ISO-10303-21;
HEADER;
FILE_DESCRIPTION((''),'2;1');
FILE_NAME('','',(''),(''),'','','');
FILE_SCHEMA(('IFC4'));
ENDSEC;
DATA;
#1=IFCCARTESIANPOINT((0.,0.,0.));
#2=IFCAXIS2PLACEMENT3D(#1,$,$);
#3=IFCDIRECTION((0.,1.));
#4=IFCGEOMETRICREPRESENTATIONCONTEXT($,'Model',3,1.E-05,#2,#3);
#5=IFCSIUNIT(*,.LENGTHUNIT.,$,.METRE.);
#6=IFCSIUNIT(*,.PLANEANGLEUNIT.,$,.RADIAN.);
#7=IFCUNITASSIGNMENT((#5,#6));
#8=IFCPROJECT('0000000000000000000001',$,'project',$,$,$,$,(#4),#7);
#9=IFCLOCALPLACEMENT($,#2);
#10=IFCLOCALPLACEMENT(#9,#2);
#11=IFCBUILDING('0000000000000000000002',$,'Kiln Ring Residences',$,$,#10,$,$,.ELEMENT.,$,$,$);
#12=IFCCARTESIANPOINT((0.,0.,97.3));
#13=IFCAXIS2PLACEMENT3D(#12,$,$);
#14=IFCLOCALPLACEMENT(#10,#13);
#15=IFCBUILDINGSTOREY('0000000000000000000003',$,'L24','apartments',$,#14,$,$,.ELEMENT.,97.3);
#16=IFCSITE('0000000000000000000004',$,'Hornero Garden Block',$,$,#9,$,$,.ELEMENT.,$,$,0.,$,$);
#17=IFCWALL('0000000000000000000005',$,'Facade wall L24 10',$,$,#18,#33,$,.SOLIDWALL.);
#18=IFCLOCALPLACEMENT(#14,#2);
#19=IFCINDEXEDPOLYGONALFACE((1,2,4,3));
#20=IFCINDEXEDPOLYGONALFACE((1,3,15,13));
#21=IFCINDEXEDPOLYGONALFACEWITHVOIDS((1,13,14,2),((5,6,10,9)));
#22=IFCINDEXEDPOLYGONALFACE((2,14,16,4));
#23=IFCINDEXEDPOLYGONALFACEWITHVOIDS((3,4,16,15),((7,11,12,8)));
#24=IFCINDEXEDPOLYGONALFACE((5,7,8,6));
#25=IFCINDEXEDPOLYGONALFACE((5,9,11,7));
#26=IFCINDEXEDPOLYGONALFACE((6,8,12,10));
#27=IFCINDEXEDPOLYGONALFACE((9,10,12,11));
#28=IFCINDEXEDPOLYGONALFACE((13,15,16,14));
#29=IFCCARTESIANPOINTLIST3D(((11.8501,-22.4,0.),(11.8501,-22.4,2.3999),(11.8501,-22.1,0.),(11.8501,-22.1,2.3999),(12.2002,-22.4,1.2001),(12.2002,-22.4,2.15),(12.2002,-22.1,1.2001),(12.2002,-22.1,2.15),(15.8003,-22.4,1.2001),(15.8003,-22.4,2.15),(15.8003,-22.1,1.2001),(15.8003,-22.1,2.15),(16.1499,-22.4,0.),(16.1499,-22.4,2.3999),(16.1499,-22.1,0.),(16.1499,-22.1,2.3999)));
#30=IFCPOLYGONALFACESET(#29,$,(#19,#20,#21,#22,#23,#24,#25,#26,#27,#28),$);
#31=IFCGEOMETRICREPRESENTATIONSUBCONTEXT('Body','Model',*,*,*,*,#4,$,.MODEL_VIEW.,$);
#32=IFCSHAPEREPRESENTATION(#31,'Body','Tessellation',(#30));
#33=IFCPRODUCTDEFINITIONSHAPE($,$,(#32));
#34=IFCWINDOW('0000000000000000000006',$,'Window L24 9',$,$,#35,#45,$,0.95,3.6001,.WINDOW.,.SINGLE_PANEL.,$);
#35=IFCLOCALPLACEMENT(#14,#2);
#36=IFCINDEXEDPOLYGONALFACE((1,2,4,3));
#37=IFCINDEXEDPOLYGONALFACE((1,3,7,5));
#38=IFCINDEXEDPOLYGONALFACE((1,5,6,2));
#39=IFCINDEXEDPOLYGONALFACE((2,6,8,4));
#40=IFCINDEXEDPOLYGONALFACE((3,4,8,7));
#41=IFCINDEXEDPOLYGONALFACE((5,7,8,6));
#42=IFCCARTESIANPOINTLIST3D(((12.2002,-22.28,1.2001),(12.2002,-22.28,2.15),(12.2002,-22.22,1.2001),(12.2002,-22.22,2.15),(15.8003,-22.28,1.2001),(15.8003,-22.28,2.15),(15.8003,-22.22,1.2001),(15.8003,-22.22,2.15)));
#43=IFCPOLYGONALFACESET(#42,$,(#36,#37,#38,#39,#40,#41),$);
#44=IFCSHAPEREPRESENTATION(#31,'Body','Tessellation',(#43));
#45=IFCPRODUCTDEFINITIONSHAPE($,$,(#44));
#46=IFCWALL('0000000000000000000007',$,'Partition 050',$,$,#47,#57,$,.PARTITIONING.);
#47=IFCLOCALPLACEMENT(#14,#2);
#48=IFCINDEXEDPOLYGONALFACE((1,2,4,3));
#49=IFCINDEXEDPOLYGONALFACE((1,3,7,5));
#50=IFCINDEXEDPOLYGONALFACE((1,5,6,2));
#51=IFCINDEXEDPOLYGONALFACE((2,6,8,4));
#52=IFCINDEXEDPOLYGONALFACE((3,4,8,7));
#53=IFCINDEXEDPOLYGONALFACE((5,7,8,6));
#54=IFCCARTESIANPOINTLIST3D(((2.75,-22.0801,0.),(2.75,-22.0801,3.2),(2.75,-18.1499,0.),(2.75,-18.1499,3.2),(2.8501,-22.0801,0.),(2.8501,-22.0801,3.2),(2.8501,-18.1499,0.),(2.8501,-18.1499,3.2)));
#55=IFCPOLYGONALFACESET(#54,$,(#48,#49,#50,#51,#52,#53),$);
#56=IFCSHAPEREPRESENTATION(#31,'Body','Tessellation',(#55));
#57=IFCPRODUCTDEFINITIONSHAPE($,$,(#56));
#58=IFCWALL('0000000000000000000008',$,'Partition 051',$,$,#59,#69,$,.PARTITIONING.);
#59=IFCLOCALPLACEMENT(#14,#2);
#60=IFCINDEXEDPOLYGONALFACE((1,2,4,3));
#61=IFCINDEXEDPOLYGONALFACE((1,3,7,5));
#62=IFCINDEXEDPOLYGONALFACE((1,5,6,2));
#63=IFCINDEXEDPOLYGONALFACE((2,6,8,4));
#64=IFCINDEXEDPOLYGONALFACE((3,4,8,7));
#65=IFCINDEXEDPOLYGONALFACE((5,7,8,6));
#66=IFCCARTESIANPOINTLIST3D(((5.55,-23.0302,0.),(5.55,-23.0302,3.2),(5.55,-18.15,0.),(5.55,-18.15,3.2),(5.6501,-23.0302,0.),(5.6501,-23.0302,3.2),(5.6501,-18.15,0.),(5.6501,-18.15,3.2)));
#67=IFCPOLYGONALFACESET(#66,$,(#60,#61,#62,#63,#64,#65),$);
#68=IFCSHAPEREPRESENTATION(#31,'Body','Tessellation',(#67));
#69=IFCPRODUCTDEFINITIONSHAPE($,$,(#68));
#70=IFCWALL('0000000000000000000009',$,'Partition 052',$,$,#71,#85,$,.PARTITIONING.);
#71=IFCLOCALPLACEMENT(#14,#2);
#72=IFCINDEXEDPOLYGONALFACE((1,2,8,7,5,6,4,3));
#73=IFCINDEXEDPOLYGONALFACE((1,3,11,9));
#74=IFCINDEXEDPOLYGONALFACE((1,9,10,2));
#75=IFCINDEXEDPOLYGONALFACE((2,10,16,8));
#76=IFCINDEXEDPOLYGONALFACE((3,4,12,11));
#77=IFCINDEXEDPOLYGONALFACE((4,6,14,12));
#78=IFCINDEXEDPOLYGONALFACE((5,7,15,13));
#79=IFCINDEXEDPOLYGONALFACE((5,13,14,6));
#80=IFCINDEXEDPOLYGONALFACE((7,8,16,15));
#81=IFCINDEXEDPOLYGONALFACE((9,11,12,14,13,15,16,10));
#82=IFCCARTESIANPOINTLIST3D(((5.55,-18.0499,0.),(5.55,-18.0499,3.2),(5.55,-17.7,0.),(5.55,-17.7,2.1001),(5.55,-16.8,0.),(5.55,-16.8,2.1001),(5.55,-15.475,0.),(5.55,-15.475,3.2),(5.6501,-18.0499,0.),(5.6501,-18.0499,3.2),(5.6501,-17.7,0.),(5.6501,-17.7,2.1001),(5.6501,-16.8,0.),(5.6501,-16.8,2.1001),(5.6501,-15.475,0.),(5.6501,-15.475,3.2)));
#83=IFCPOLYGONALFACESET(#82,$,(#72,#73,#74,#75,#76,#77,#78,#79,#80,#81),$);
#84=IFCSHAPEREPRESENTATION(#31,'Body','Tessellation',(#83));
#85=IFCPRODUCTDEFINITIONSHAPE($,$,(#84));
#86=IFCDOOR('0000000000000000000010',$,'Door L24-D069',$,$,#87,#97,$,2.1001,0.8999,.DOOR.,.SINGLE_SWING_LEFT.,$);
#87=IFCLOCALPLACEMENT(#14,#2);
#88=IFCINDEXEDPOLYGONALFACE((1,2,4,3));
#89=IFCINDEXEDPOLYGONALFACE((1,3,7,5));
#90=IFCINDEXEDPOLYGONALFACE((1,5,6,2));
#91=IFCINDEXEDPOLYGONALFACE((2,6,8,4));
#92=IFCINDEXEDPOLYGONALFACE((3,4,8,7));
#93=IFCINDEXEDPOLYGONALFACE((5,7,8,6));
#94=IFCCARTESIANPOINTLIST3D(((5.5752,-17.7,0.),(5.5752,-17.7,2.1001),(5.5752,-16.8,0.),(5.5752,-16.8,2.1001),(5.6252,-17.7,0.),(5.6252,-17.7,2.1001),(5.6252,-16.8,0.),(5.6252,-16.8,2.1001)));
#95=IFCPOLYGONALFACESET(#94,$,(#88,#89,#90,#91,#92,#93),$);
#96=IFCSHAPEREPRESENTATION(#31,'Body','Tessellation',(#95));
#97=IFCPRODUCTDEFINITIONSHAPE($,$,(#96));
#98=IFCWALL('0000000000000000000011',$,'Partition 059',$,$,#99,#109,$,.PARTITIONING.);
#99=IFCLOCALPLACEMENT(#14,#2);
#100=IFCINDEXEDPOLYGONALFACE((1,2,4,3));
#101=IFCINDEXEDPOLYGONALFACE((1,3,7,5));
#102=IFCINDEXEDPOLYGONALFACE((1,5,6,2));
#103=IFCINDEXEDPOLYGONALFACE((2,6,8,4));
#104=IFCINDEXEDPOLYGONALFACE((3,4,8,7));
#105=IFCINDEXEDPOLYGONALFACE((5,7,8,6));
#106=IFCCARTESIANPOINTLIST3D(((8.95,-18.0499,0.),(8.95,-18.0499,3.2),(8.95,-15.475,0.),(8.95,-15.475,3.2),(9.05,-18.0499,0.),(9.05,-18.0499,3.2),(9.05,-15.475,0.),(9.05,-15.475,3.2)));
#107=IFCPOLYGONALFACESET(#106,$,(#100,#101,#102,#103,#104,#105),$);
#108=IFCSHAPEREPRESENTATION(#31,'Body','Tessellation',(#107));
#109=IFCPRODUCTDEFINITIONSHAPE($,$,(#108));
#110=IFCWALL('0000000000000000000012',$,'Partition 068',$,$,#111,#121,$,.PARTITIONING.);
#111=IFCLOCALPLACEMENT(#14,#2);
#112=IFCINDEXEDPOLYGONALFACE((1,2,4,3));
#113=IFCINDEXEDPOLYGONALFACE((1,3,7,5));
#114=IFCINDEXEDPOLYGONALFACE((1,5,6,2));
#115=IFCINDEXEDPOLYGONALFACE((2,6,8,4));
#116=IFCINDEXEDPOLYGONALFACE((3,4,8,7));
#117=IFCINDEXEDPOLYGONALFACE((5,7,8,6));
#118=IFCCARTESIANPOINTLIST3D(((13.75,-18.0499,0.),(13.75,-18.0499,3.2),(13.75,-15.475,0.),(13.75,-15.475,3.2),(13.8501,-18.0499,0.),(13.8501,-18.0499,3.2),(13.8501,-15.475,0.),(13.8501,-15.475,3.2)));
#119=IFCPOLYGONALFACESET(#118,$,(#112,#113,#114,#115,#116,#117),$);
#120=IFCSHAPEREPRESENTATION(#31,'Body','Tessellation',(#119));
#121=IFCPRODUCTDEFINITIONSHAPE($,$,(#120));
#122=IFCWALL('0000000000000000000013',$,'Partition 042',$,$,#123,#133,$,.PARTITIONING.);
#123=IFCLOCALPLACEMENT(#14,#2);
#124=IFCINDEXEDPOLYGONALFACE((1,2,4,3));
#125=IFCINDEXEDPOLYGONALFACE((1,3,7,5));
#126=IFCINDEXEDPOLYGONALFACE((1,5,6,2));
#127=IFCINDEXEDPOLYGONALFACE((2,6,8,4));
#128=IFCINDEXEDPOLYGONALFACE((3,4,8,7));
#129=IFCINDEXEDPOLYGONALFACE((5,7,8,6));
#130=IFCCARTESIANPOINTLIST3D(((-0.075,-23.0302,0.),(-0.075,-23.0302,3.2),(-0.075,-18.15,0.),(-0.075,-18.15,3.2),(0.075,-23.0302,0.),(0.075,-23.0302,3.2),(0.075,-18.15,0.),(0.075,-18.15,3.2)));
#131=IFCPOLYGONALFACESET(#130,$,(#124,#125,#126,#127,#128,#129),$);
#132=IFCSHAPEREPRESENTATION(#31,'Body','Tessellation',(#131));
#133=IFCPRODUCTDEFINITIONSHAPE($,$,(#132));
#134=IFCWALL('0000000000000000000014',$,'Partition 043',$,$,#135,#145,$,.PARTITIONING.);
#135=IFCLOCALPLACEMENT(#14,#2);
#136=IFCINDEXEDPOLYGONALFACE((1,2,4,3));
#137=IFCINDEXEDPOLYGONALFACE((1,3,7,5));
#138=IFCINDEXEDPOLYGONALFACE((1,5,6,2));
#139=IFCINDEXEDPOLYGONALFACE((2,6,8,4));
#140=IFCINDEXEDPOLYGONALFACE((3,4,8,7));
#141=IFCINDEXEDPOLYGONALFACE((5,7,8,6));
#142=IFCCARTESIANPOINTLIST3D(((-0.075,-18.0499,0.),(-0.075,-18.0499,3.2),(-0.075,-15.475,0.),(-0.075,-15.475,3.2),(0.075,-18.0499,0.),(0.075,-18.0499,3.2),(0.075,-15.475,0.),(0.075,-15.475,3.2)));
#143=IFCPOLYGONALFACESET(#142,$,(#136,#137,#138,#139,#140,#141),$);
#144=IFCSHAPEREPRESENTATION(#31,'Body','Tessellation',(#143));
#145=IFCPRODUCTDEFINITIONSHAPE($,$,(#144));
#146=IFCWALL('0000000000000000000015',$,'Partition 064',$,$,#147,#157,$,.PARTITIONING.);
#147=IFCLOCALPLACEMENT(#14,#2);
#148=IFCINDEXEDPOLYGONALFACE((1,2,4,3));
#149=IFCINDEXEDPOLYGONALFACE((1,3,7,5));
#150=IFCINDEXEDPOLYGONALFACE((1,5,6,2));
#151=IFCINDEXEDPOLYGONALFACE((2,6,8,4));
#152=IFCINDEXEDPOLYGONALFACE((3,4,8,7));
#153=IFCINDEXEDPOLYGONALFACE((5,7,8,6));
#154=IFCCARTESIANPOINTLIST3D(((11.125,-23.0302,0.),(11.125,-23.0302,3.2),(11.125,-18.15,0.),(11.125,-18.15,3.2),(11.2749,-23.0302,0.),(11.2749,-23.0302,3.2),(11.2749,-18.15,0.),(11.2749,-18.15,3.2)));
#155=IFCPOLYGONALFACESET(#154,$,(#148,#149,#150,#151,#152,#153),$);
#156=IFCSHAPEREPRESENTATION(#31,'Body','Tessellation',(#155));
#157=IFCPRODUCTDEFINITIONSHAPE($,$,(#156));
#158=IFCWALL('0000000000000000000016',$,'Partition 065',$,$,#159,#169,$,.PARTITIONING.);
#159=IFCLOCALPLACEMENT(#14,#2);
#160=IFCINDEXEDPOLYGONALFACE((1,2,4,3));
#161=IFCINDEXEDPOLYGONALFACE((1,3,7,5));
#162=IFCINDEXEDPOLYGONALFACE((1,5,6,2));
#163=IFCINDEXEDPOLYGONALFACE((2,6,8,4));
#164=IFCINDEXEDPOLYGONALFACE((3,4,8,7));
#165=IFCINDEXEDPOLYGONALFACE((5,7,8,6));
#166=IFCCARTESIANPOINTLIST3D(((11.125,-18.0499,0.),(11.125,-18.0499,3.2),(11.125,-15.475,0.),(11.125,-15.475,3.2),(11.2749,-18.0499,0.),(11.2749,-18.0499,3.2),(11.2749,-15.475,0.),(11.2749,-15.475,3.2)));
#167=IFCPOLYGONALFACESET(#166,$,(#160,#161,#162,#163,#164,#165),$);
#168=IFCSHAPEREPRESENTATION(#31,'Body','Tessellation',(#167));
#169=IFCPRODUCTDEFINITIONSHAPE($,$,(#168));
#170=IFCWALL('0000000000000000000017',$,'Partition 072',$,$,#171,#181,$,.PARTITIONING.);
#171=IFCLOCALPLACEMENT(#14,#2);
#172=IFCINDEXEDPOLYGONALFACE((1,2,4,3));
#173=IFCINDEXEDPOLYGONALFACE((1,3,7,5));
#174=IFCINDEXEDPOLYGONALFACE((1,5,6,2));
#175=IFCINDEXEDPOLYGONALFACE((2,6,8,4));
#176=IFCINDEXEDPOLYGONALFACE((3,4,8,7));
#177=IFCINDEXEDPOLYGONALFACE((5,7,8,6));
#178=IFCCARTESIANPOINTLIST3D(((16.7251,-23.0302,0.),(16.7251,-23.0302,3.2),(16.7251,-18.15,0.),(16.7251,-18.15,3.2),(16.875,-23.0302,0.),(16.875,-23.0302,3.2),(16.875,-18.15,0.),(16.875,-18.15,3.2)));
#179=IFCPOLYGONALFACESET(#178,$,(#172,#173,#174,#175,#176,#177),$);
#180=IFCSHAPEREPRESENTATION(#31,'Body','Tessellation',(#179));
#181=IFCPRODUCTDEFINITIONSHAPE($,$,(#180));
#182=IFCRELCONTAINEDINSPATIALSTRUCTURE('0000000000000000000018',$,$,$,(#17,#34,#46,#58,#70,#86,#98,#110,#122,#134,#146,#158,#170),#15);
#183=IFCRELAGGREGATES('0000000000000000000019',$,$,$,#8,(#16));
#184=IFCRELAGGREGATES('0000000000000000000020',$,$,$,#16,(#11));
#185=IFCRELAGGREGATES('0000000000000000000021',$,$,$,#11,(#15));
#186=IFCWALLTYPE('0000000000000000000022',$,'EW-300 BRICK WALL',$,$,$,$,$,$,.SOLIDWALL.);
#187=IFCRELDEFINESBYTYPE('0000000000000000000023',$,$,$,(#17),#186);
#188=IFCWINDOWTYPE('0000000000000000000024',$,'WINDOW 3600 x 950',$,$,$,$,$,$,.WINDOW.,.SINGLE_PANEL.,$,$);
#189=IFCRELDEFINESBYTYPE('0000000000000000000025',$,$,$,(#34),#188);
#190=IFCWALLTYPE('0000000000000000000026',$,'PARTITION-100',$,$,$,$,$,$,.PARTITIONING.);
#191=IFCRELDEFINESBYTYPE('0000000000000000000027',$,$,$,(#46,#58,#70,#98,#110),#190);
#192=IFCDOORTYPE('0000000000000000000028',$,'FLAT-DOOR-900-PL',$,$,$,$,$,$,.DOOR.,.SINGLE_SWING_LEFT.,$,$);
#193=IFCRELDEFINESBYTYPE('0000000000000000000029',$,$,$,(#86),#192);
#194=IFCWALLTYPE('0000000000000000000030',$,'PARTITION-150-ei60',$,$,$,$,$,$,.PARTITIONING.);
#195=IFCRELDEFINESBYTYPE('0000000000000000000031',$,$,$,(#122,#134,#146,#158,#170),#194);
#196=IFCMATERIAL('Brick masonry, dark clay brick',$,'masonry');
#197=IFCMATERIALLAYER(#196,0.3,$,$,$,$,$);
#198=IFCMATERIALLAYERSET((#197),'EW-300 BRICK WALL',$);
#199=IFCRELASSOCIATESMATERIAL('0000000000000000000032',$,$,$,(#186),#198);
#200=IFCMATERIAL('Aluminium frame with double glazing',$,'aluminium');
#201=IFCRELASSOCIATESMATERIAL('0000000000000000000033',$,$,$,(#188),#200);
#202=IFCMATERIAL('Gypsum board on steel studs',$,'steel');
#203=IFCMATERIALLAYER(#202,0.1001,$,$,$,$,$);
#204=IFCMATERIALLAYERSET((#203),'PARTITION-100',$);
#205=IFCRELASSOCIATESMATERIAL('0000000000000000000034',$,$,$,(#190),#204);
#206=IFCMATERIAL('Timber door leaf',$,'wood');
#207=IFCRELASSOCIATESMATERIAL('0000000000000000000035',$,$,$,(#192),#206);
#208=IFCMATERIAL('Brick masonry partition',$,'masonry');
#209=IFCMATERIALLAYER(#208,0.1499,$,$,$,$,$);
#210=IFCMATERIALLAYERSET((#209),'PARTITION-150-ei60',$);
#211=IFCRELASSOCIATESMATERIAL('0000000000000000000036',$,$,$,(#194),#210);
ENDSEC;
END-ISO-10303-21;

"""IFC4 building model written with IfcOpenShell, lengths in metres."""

from ifc_helpers import new_model, si_unit, direction, frame, frame_2d, origin, place, context, subcontext, project, spatial, rectangle, extrude, material, layer, layer_set, type_object, element, fill, save


model = new_model("IFC4")

# Units and contexts
model_context = context("Model", 3, precision=1e-05, world=origin(), true_north=direction((0.0, 1.0)))
body_context = subcontext(model_context, "Body", "Model", "MODEL_VIEW")
ifc_project = project(units=[si_unit("LENGTHUNIT", "METRE"), si_unit("PLANEANGLEUNIT", "RADIAN")], contexts=[model_context])

# Site, building, storey
site_placement = place(None, origin())
site = spatial("IfcSite", under=ifc_project, at=site_placement, Name="Hornero Garden Block", CompositionType="ELEMENT", RefElevation=0.0)
building_placement = place(site_placement, origin())
building = spatial("IfcBuilding", under=site, at=building_placement, Name="Kiln Ring Residences", CompositionType="ELEMENT")
storey_placement = place(building_placement, frame((0.0, 0.0, 97.3)))
storey = spatial("IfcBuildingStorey", under=building, at=storey_placement, Name="L24", Description="apartments", CompositionType="ELEMENT", Elevation=97.3)

# Shared definitions
ifc_material_1 = material(Name="Brick masonry, dark clay brick", Category="masonry")
ifc_layer_1 = layer(ifc_material_1, 0.3)
ifc_layer_set_1 = layer_set([ifc_layer_1], Name="EW-300 BRICK WALL")
wall_type_1 = type_object("IfcWallType", Name="EW-300 BRICK WALL", PredefinedType="SOLIDWALL", material=ifc_layer_set_1)

# Wall, opening, window
ifc_material_2 = material(Name="Aluminium frame with double glazing", Category="aluminium")
window_type_1 = type_object("IfcWindowType", Name="WINDOW 3600 x 950", PartitioningType="SINGLE_PANEL", PredefinedType="WINDOW", material=ifc_material_2)
wall_1_placement = place(storey_placement, frame((11.8501, -22.25, 0.0), z_axis=(0.0, 0.0, 1.0), x_axis=(1.0, 0.0, 0.0)))
wall_1 = element("IfcWall", 1, at=wall_1_placement, inside=storey, type_object=wall_type_1, Name="Facade wall L24 10", PredefinedType="SOLIDWALL", context=body_context, shape_type="SweptSolid", body=[
    extrude(rectangle(XDim=4.2998, YDim=0.3, at=frame_2d((2.1499, 0.0))), origin(), (0.0, 0.0, 1.0), 2.3999),
])
opening_1_placement = place(wall_1_placement, frame((0.3501, 0.0, 1.2)))
opening_1 = element("IfcOpeningElement", 2, at=opening_1_placement, cuts=wall_1, PredefinedType="OPENING", context=body_context, shape_type="SweptSolid", body=[
    extrude(rectangle(XDim=3.6001, YDim=0.95, at=frame_2d((1.8, 0.4751))), frame((0.0, 0.1599, 0.0), z_axis=(0.0, -1.0, 0.0), x_axis=(1.0, 0.0, 0.0)), (0.0, 0.0, 1.0), 0.3201),
])
window_1_placement = place(opening_1_placement, origin())
window_1 = element("IfcWindow", 3, at=window_1_placement, inside=storey, type_object=window_type_1, Name="Window L24 9", OverallHeight=0.95, OverallWidth=3.6001, PartitioningType="SINGLE_PANEL", PredefinedType="WINDOW", context=body_context, shape_type="SweptSolid", body=[
    extrude(rectangle(XDim=3.6001, YDim=0.95, at=frame_2d((1.8, 0.4751))), frame((0.0, 0.03, 0.0), z_axis=(0.0, -1.0, 0.0), x_axis=(1.0, 0.0, 0.0)), (0.0, 0.0, 1.0), 0.0601),
])
fill(opening_1, window_1)

# Walls
ifc_material_3 = material(Name="Gypsum board on steel studs", Category="steel")
ifc_layer_2 = layer(ifc_material_3, 0.1001)
ifc_layer_set_2 = layer_set([ifc_layer_2], Name="PARTITION-100")
wall_type_2 = type_object("IfcWallType", Name="PARTITION-100", PredefinedType="PARTITIONING", material=ifc_layer_set_2)
wall_2_placement = place(storey_placement, frame((2.8, -22.0801, 0.0), z_axis=(0.0, 0.0, 1.0), x_axis=(0.0, 1.0, 0.0)))
element("IfcWall", 4, at=wall_2_placement, inside=storey, type_object=wall_type_2, Name="Partition 050", PredefinedType="PARTITIONING", context=body_context, shape_type="SweptSolid", body=[
    extrude(rectangle(XDim=3.9302, YDim=0.1001, at=frame_2d((1.9651, 0.0))), origin(), (0.0, 0.0, 1.0), 3.2),
])
wall_3_placement = place(storey_placement, frame((5.6001, -23.03, 0.0), z_axis=(0.0, 0.0, 1.0), x_axis=(0.0, 1.0, 0.0)))
element("IfcWall", 5, at=wall_3_placement, inside=storey, type_object=wall_type_2, Name="Partition 051", PredefinedType="PARTITIONING", context=body_context, shape_type="SweptSolid", body=[
    extrude(rectangle(XDim=4.8801, YDim=0.1001, at=frame_2d((2.4399, 0.0))), origin(), (0.0, 0.0, 1.0), 3.2),
])

# Wall, opening, door
wall_4_placement = place(storey_placement, frame((5.6001, -18.05, 0.0), z_axis=(0.0, 0.0, 1.0), x_axis=(0.0, 1.0, 0.0)))
wall_4 = element("IfcWall", 6, at=wall_4_placement, inside=storey, type_object=wall_type_2, Name="Partition 052", PredefinedType="PARTITIONING", context=body_context, shape_type="SweptSolid", body=[
    extrude(rectangle(XDim=2.575, YDim=0.1001, at=frame_2d((1.2876, 0.0))), origin(), (0.0, 0.0, 1.0), 3.2),
])
opening_2_placement = place(wall_4_placement, frame((0.3501, 0.0, 0.0)))
opening_2 = element("IfcOpeningElement", 7, at=opening_2_placement, cuts=wall_4, PredefinedType="OPENING", context=body_context, shape_type="SweptSolid", body=[
    extrude(rectangle(XDim=0.8999, YDim=2.1001, at=frame_2d((0.45, 1.05))), frame((0.0, 0.0601, 0.0), z_axis=(0.0, -1.0, 0.0), x_axis=(1.0, 0.0, 0.0)), (0.0, 0.0, 1.0), 0.1201),
])
ifc_material_4 = material(Name="Timber door leaf", Category="wood")
door_type = type_object("IfcDoorType", Name="FLAT-DOOR-900-PL", OperationType="SINGLE_SWING_LEFT", PredefinedType="DOOR", material=ifc_material_4)
door_placement = place(opening_2_placement, origin())
door = element("IfcDoor", 8, at=door_placement, inside=storey, type_object=door_type, Name="Door L24-D069", OperationType="SINGLE_SWING_LEFT", OverallHeight=2.1001, OverallWidth=0.8999, PredefinedType="DOOR", context=body_context, shape_type="SweptSolid", body=[
    extrude(rectangle(XDim=0.8999, YDim=2.1001, at=frame_2d((0.45, 1.05))), frame((0.0, 0.0249, 0.0), z_axis=(0.0, -1.0, 0.0), x_axis=(1.0, 0.0, 0.0)), (0.0, 0.0, 1.0), 0.05),
])
fill(opening_2, door)

# Walls
for number, where, z_axis, x_axis, name in (
    (9, (9.0, -18.05, 0.0), (0.0, 0.0, 1.0), (0.0, 1.0, 0.0), "Partition 059"),
    (10, (13.8, -18.05, 0.0), (0.0, 0.0, 1.0), (0.0, 1.0, 0.0), "Partition 068"),
):
    element("IfcWall", number, at=place(storey_placement, frame(where, z_axis=z_axis, x_axis=x_axis)), inside=storey, type_object=wall_type_2, Name=name, PredefinedType="PARTITIONING", context=body_context, shape_type="SweptSolid", body=[
        extrude(rectangle(XDim=2.575, YDim=0.1001, at=frame_2d((1.2876, 0.0))), origin(), (0.0, 0.0, 1.0), 3.2),
    ])
ifc_material_5 = material(Name="Brick masonry partition", Category="masonry")
ifc_layer_3 = layer(ifc_material_5, 0.1499)
ifc_layer_set_3 = layer_set([ifc_layer_3], Name="PARTITION-150-ei60")
wall_type_3 = type_object("IfcWallType", Name="PARTITION-150-ei60", PredefinedType="PARTITIONING", material=ifc_layer_set_3)
wall_5_placement = place(storey_placement, frame((0.0, -23.03, 0.0), z_axis=(0.0, 0.0, 1.0), x_axis=(0.0, 1.0, 0.0)))
element("IfcWall", 11, at=wall_5_placement, inside=storey, type_object=wall_type_3, Name="Partition 042", PredefinedType="PARTITIONING", context=body_context, shape_type="SweptSolid", body=[
    extrude(rectangle(XDim=4.8801, YDim=0.1499, at=frame_2d((2.4399, 0.0))), origin(), (0.0, 0.0, 1.0), 3.2),
])
wall_6_placement = place(storey_placement, frame((0.0, -18.05, 0.0), z_axis=(0.0, 0.0, 1.0), x_axis=(0.0, 1.0, 0.0)))
element("IfcWall", 12, at=wall_6_placement, inside=storey, type_object=wall_type_3, Name="Partition 043", PredefinedType="PARTITIONING", context=body_context, shape_type="SweptSolid", body=[
    extrude(rectangle(XDim=2.575, YDim=0.1499, at=frame_2d((1.2876, 0.0))), origin(), (0.0, 0.0, 1.0), 3.2),
])
wall_7_placement = place(storey_placement, frame((11.2, -23.03, 0.0), z_axis=(0.0, 0.0, 1.0), x_axis=(0.0, 1.0, 0.0)))
element("IfcWall", 13, at=wall_7_placement, inside=storey, type_object=wall_type_3, Name="Partition 064", PredefinedType="PARTITIONING", context=body_context, shape_type="SweptSolid", body=[
    extrude(rectangle(XDim=4.8801, YDim=0.1499, at=frame_2d((2.4399, 0.0))), origin(), (0.0, 0.0, 1.0), 3.2),
])
wall_8_placement = place(storey_placement, frame((11.2, -18.05, 0.0), z_axis=(0.0, 0.0, 1.0), x_axis=(0.0, 1.0, 0.0)))
element("IfcWall", 14, at=wall_8_placement, inside=storey, type_object=wall_type_3, Name="Partition 065", PredefinedType="PARTITIONING", context=body_context, shape_type="SweptSolid", body=[
    extrude(rectangle(XDim=2.575, YDim=0.1499, at=frame_2d((1.2876, 0.0))), origin(), (0.0, 0.0, 1.0), 3.2),
])
wall_9_placement = place(storey_placement, frame((16.8, -23.03, 0.0), z_axis=(0.0, 0.0, 1.0), x_axis=(0.0, 1.0, 0.0)))
element("IfcWall", 15, at=wall_9_placement, inside=storey, type_object=wall_type_3, Name="Partition 072", PredefinedType="PARTITIONING", context=body_context, shape_type="SweptSolid", body=[
    extrude(rectangle(XDim=4.8801, YDim=0.1499, at=frame_2d((2.4399, 0.0))), origin(), (0.0, 0.0, 1.0), 3.2),
])

save(model, "model.ifc")
